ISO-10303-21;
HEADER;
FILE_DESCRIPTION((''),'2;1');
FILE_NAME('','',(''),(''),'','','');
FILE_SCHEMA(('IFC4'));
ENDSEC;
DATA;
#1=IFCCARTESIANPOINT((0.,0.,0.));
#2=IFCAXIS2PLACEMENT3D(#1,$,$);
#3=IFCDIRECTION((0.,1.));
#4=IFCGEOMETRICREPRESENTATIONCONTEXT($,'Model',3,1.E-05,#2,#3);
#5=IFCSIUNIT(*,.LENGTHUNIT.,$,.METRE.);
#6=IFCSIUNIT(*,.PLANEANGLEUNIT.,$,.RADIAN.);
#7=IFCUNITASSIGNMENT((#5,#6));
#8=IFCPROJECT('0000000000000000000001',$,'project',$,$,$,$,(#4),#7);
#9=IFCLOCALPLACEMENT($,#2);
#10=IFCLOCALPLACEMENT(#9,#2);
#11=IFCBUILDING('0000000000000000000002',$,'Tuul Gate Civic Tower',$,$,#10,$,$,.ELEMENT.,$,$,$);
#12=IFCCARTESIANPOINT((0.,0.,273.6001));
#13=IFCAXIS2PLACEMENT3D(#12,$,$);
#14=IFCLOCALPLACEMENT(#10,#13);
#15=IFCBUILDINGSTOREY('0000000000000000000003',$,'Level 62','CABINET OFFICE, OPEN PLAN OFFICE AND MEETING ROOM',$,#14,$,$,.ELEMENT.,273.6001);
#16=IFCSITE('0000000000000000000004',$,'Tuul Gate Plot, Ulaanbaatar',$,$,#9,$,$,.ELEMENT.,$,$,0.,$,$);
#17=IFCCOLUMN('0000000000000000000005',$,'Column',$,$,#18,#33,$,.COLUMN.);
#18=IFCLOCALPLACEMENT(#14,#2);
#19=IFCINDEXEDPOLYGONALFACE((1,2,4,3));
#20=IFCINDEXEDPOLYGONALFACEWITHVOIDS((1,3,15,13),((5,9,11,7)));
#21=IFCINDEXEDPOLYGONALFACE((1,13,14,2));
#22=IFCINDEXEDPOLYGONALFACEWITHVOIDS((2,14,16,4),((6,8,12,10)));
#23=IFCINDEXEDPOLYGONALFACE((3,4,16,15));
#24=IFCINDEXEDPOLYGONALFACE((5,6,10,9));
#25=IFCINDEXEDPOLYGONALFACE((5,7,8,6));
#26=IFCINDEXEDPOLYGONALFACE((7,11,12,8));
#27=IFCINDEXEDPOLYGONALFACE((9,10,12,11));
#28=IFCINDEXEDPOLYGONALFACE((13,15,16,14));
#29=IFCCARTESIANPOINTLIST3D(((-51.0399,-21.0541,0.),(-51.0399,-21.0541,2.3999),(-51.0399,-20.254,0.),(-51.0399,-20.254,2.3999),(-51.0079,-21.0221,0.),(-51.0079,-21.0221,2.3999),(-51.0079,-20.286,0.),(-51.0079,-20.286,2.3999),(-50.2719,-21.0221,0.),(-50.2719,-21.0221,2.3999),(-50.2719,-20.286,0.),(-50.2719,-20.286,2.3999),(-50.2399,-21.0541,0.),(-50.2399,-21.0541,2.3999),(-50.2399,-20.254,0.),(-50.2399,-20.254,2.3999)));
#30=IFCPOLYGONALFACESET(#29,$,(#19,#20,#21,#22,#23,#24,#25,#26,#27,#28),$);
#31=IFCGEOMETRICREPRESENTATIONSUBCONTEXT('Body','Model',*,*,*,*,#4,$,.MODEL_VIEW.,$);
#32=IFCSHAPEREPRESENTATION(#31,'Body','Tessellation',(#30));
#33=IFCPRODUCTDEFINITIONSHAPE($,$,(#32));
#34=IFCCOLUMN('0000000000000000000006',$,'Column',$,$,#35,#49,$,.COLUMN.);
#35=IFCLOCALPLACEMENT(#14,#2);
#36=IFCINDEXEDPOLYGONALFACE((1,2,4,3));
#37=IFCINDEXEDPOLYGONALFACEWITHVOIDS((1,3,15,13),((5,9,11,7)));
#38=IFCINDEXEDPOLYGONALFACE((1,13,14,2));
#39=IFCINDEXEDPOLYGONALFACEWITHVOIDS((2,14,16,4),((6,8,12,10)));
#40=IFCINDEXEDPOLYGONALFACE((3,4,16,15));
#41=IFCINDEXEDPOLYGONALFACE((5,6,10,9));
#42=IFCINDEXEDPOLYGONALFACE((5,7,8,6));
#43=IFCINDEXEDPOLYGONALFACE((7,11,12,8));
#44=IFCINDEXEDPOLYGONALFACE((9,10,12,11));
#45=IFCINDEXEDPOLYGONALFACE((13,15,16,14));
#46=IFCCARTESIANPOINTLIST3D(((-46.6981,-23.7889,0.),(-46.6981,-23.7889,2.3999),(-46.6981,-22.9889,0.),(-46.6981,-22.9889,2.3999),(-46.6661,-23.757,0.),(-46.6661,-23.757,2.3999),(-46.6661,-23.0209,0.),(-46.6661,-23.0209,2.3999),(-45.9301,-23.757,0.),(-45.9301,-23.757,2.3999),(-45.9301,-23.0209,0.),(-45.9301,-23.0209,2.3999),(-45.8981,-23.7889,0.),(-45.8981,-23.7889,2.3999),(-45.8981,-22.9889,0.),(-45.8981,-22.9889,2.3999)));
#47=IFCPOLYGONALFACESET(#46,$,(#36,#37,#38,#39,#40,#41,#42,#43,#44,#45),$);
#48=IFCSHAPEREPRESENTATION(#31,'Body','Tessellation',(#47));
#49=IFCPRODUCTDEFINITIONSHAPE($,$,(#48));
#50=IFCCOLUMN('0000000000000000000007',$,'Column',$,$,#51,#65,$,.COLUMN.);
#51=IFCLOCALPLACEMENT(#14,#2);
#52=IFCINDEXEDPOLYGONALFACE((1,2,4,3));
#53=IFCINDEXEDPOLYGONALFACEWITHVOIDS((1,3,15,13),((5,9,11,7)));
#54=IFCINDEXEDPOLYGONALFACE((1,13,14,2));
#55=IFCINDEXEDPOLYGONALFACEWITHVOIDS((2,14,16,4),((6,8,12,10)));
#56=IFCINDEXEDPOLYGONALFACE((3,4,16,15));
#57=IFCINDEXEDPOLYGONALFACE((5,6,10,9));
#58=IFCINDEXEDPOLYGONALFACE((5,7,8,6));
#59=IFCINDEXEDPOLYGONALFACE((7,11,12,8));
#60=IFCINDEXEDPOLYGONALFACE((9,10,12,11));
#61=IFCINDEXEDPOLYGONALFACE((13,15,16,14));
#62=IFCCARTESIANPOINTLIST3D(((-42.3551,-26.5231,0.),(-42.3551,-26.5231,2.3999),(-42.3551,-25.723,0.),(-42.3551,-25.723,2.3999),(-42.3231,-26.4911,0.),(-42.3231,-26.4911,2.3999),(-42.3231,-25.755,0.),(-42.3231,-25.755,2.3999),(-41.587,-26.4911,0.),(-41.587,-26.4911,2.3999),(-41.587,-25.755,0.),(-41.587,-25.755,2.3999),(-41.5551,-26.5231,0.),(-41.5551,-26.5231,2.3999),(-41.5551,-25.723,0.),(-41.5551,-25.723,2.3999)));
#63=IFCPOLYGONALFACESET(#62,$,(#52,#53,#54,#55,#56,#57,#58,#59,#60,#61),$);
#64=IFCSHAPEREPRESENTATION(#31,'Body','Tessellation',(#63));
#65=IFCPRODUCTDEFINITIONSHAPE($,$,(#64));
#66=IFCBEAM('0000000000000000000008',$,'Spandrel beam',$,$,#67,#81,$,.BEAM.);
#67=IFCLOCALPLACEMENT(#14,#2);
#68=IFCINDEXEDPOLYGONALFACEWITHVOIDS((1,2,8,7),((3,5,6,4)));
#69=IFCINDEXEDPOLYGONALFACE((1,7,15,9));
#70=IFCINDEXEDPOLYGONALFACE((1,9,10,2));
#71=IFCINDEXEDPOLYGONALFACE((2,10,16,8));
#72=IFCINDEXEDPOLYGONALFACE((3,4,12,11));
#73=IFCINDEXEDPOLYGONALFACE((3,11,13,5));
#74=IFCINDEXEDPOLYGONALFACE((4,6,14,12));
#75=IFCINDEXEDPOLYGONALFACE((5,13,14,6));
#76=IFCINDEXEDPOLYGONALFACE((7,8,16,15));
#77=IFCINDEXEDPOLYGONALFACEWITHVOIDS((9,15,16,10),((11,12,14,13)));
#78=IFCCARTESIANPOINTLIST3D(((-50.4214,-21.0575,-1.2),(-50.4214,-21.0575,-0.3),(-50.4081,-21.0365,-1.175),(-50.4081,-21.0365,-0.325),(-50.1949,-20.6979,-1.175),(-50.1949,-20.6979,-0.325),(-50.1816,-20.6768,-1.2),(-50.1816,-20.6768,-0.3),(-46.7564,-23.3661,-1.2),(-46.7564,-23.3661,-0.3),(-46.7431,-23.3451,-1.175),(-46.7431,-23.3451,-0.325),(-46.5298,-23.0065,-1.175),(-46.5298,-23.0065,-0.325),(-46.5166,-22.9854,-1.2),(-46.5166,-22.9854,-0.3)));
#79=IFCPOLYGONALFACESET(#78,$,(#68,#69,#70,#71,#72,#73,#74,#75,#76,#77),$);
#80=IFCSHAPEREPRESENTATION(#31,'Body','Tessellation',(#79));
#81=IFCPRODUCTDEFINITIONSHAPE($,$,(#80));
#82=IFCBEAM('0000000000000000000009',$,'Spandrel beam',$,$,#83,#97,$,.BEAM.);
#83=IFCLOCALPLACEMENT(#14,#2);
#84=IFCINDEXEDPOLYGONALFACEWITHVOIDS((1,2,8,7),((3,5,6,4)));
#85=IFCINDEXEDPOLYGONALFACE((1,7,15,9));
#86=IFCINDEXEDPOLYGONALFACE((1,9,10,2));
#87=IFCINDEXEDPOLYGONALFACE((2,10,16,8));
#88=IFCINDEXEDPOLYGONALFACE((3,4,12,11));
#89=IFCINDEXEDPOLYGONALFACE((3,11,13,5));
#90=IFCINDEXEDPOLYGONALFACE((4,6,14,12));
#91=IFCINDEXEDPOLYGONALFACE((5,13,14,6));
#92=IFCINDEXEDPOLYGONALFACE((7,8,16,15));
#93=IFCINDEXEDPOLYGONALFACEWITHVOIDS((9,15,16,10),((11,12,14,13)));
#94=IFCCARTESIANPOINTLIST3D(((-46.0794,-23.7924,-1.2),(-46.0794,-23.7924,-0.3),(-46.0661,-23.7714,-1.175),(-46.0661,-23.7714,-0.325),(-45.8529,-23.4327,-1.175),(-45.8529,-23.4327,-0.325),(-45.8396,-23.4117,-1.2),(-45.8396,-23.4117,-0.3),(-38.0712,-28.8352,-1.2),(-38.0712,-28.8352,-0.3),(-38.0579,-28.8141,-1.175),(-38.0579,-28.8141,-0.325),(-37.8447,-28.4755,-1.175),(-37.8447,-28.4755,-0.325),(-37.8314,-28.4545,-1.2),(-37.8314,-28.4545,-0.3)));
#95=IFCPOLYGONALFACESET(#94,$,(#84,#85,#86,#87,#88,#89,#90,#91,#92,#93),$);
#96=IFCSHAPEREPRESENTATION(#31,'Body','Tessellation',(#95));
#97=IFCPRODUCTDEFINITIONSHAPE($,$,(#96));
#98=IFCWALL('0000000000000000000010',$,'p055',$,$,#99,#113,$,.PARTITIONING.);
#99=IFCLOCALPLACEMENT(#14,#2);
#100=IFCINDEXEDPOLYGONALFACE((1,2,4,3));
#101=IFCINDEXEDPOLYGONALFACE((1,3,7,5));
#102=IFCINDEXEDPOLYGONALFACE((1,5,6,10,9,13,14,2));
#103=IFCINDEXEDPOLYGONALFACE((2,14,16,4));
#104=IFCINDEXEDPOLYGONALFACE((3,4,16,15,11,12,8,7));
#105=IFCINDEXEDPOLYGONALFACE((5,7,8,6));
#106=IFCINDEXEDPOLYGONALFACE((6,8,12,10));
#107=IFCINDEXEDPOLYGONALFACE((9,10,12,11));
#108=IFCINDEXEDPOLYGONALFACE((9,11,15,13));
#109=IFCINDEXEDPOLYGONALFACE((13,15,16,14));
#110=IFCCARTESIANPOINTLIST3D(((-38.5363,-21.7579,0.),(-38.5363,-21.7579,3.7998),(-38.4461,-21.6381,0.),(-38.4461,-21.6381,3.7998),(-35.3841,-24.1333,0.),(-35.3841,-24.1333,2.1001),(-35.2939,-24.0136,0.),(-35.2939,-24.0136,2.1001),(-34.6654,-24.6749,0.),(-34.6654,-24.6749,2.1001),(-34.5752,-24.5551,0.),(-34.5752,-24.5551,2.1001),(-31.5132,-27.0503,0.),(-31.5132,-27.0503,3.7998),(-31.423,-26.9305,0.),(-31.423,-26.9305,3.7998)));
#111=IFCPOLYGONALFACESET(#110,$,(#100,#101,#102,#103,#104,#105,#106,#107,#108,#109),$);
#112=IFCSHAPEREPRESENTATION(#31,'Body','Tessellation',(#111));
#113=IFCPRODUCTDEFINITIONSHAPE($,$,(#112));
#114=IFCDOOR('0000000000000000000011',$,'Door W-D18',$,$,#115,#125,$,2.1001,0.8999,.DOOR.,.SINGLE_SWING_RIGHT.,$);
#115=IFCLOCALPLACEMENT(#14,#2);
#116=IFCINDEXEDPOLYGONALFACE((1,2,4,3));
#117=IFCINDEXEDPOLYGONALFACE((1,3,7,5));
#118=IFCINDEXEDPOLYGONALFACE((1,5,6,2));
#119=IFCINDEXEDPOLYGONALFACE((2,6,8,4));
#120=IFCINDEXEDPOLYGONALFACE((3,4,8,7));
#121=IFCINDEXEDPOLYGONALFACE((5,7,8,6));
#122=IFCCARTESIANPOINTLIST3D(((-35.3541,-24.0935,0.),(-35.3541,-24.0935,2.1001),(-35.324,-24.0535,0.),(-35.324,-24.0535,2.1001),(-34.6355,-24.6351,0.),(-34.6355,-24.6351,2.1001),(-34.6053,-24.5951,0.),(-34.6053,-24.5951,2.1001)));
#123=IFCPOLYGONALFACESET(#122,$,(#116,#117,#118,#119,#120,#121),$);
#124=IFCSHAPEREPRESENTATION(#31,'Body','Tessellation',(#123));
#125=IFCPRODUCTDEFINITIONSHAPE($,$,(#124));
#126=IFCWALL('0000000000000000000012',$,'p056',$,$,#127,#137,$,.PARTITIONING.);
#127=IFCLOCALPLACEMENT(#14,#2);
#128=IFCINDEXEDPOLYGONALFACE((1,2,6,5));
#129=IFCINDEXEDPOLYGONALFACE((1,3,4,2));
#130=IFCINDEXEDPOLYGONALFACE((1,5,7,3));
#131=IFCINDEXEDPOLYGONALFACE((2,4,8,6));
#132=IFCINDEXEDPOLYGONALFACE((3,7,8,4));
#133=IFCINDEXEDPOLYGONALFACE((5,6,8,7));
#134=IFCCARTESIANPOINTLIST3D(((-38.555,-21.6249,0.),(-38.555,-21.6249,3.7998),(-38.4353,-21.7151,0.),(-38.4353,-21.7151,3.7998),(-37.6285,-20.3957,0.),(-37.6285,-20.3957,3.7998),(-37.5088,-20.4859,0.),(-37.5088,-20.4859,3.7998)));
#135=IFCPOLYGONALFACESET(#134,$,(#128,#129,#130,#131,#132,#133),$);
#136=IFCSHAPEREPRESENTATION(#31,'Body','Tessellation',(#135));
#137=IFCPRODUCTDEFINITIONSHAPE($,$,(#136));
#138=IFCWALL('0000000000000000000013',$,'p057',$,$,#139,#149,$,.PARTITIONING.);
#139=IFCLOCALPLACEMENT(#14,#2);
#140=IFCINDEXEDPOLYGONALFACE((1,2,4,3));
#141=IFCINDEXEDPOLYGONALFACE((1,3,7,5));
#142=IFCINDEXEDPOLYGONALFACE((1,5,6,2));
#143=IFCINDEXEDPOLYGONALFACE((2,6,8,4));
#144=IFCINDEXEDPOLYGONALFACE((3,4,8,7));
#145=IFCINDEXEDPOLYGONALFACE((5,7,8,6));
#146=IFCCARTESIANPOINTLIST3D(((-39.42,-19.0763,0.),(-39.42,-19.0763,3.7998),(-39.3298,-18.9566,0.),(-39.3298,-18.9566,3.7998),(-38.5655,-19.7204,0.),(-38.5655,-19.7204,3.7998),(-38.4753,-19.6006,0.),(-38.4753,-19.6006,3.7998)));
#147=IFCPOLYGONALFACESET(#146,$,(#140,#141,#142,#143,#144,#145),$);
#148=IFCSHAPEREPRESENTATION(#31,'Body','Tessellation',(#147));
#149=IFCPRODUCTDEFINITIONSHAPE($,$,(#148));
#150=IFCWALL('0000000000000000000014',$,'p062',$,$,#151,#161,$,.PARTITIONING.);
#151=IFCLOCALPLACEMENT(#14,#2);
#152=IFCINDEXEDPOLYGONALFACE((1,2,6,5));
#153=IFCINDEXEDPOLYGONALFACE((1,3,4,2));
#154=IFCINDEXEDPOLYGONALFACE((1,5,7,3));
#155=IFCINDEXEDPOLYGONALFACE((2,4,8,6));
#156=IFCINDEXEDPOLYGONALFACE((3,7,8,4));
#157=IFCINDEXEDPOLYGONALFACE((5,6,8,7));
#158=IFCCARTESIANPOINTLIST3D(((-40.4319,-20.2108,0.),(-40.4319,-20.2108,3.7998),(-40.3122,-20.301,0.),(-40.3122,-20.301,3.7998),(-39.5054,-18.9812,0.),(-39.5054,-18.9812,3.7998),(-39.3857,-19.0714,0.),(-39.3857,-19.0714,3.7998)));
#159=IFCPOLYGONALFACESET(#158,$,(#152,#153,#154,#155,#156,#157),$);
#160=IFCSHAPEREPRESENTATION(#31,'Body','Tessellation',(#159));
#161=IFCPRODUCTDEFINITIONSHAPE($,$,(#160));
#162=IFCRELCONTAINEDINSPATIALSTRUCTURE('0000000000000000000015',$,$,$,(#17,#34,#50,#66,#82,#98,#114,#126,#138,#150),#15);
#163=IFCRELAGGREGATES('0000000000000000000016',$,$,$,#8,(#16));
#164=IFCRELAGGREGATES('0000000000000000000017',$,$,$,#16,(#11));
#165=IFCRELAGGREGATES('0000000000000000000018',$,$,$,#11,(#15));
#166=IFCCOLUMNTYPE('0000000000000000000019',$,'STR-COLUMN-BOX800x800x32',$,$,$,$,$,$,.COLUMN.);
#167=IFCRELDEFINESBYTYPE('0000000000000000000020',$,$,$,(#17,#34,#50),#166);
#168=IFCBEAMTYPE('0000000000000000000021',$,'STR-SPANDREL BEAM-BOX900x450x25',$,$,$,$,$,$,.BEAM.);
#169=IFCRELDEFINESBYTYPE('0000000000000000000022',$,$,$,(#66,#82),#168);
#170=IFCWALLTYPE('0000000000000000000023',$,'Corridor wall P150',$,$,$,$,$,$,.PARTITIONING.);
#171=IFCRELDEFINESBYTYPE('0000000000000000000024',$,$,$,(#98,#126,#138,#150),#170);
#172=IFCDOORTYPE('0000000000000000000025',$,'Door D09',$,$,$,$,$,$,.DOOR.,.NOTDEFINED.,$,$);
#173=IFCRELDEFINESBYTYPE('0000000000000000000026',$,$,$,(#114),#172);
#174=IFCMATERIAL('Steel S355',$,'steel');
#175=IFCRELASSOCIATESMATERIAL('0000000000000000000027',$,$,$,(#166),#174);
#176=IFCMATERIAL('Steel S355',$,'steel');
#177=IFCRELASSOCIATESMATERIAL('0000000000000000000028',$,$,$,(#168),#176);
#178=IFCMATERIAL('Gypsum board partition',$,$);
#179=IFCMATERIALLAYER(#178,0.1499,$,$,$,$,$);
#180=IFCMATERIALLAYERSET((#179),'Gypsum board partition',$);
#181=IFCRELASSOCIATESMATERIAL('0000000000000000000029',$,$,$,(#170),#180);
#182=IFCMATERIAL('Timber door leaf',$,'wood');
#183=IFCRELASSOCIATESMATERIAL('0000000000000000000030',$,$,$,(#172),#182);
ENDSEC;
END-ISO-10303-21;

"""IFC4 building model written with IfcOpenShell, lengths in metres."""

from ifc_helpers import new_model, si_unit, direction, frame, frame_2d, origin, origin_2d, place, context, subcontext, project, spatial, rectangle, hollow_rectangle, extrude, material, layer, layer_set, material_profile, profile_set, type_object, element, fill, save


model = new_model("IFC4")

# Units and contexts
model_context = context("Model", 3, precision=1e-05, world=origin(), true_north=direction((0.0, 1.0)))
body_context = subcontext(model_context, "Body", "Model", "MODEL_VIEW")
ifc_project = project(units=[si_unit("LENGTHUNIT", "METRE"), si_unit("PLANEANGLEUNIT", "RADIAN")], contexts=[model_context])

# Site, building, storey
site_placement = place(None, origin())
site = spatial("IfcSite", under=ifc_project, at=site_placement, Name="Tuul Gate Plot, Ulaanbaatar", CompositionType="ELEMENT", RefElevation=0.0)
building_placement = place(site_placement, origin())
building = spatial("IfcBuilding", under=site, at=building_placement, Name="Tuul Gate Civic Tower", CompositionType="ELEMENT")
storey_placement = place(building_placement, frame((0.0, 0.0, 273.6001)))
storey = spatial("IfcBuildingStorey", under=building, at=storey_placement, Name="Level 62", Description="CABINET OFFICE, OPEN PLAN OFFICE AND MEETING ROOM", CompositionType="ELEMENT", Elevation=273.6001)

# Columns
ifc_material_1 = material(Name="Steel S355", Category="steel")
ifc_material_profile_1 = material_profile(ifc_material_1, hollow_rectangle(XDim=0.8, YDim=0.8, WallThickness=0.032, at=origin_2d()), Name="BOX800x800x32")
ifc_profile_set_1 = profile_set([ifc_material_profile_1], Name="Steel S355")
column_type = type_object("IfcColumnType", Name="STR-COLUMN-BOX800x800x32", PredefinedType="COLUMN", material=ifc_profile_set_1)
for number, where, z_axis, x_axis, name in (
    (1, (-50.6399, -20.6541, 0.0), (0.0, 0.0, 1.0), (1.0, 0.0, 0.0), "Column"),
    (2, (-46.2981, -23.3889, 0.0), (0.0, 0.0, 1.0), (1.0, 0.0, 0.0), "Column"),
    (3, (-41.9551, -26.123, 0.0), (0.0, 0.0, 1.0), (1.0, 0.0, 0.0), "Column"),
):
    element("IfcColumn", number, at=place(storey_placement, frame(where, z_axis=z_axis, x_axis=x_axis)), inside=storey, type_object=column_type, Name=name, PredefinedType="COLUMN", context=body_context, shape_type="SweptSolid", body=[
        extrude(hollow_rectangle(XDim=0.8, YDim=0.8, WallThickness=0.032, at=origin_2d()), origin(), (0.0, 0.0, 1.0), 2.3999),
    ])

# Beams
ifc_material_2 = material(Name="Steel S355", Category="steel")
ifc_material_profile_2 = material_profile(ifc_material_2, hollow_rectangle(XDim=0.45, YDim=0.8999, WallThickness=0.0249, at=origin_2d()), Name="BOX900x450x25")
ifc_profile_set_2 = profile_set([ifc_material_profile_2], Name="Steel S355")
beam_type = type_object("IfcBeamType", Name="STR-SPANDREL BEAM-BOX900x450x25", PredefinedType="BEAM", material=ifc_profile_set_2)
beam_1_placement = place(storey_placement, frame((-50.3015, -20.8672, -0.75), z_axis=(0.846131, -0.532975, 0.0), x_axis=(0.532975, 0.846131, 0.0)))
element("IfcBeam", 4, at=beam_1_placement, inside=storey, type_object=beam_type, Name="Spandrel beam", PredefinedType="BEAM", context=body_context, shape_type="SweptSolid", body=[
    extrude(hollow_rectangle(XDim=0.45, YDim=0.8999, WallThickness=0.0249, at=origin_2d()), origin(), (0.0, 0.0, 1.0), 4.3315),
])
beam_2_placement = place(storey_placement, frame((-45.9595, -23.6021, -0.75), z_axis=(0.846204, -0.53286, 0.0), x_axis=(0.53286, 0.846204, 0.0)))
element("IfcBeam", 5, at=beam_2_placement, inside=storey, type_object=beam_type, Name="Spandrel beam", PredefinedType="BEAM", context=body_context, shape_type="SweptSolid", body=[
    extrude(hollow_rectangle(XDim=0.45, YDim=0.8999, WallThickness=0.0249, at=origin_2d()), origin(), (0.0, 0.0, 1.0), 9.4636),
])

# Wall, opening, door
ifc_material_3 = material(Name="Gypsum board partition")
ifc_layer_1 = layer(ifc_material_3, 0.1499)
ifc_layer_set_1 = layer_set([ifc_layer_1], Name="Gypsum board partition")
wall_type_1 = type_object("IfcWallType", Name="Corridor wall P150", PredefinedType="PARTITIONING", material=ifc_layer_set_1)
wall_1_placement = place(storey_placement, frame((-38.4912, -21.698, 0.0), z_axis=(0.0, 0.0, 1.0), x_axis=(0.798629, -0.601824, 0.0)))
wall_1 = element("IfcWall", 6, at=wall_1_placement, inside=storey, type_object=wall_type_1, Name="p055", PredefinedType="PARTITIONING", context=body_context, shape_type="SweptSolid", body=[
    extrude(rectangle(XDim=8.7939, YDim=0.1499, at=frame_2d((4.397, 0.0))), origin(), (0.0, 0.0, 1.0), 3.7998),
])
opening_1_placement = place(wall_1_placement, frame((3.947, 0.0, 0.0)))
opening_1 = element("IfcOpeningElement", 7, at=opening_1_placement, cuts=wall_1, PredefinedType="OPENING", context=body_context, shape_type="SweptSolid", body=[
    extrude(rectangle(XDim=0.8999, YDim=2.1001, at=frame_2d((0.45, 1.05))), frame((0.0, 0.085, 0.0), z_axis=(0.0, -1.0, 0.0), x_axis=(1.0, 0.0, 0.0)), (0.0, 0.0, 1.0), 0.1699),
])
ifc_material_4 = material(Name="Timber door leaf", Category="wood")
door_type_1 = type_object("IfcDoorType", Name="Door D09", OperationType="NOTDEFINED", PredefinedType="DOOR", material=ifc_material_4)
door_1_placement = place(opening_1_placement, origin())
door_1 = element("IfcDoor", 8, at=door_1_placement, inside=storey, type_object=door_type_1, Name="Door W-D18", OperationType="SINGLE_SWING_RIGHT", OverallHeight=2.1001, OverallWidth=0.8999, PredefinedType="DOOR", context=body_context, shape_type="SweptSolid", body=[
    extrude(rectangle(XDim=0.8999, YDim=2.1001, at=frame_2d((0.45, 1.05))), frame((0.0, 0.0249, 0.0), z_axis=(0.0, -1.0, 0.0), x_axis=(1.0, 0.0, 0.0)), (0.0, 0.0, 1.0), 0.05),
])
fill(opening_1, door_1)

# Walls
wall_2_placement = place(storey_placement, frame((-38.4951, -21.6699, 0.0), z_axis=(0.0, 0.0, 1.0), x_axis=(0.601902, 0.79857, 0.0)))
element("IfcWall", 9, at=wall_2_placement, inside=storey, type_object=wall_type_1, Name="p056", PredefinedType="PARTITIONING", context=body_context, shape_type="SweptSolid", body=[
    extrude(rectangle(XDim=1.5393, YDim=0.1499, at=frame_2d((0.7695, 0.0))), origin(), (0.0, 0.0, 1.0), 3.7998),
])
wall_3_placement = place(storey_placement, frame((-39.375, -19.0164, 0.0), z_axis=(0.0, 0.0, 1.0), x_axis=(0.798574, -0.601897, 0.0)))
element("IfcWall", 10, at=wall_3_placement, inside=storey, type_object=wall_type_1, Name="p057", PredefinedType="PARTITIONING", context=body_context, shape_type="SweptSolid", body=[
    extrude(rectangle(XDim=1.0701, YDim=0.1499, at=frame_2d((0.5352, 0.0))), origin(), (0.0, 0.0, 1.0), 3.7998),
])
wall_4_placement = place(storey_placement, frame((-40.3721, -20.2559, 0.0), z_axis=(0.0, 0.0, 1.0), x_axis=(0.601825, 0.798628, 0.0)))
element("IfcWall", 11, at=wall_4_placement, inside=storey, type_object=wall_type_1, Name="p062", PredefinedType="PARTITIONING", context=body_context, shape_type="SweptSolid", body=[
    extrude(rectangle(XDim=1.5396, YDim=0.1499, at=frame_2d((0.7698, 0.0))), origin(), (0.0, 0.0, 1.0), 3.7998),
])

save(model, "model.ifc")
